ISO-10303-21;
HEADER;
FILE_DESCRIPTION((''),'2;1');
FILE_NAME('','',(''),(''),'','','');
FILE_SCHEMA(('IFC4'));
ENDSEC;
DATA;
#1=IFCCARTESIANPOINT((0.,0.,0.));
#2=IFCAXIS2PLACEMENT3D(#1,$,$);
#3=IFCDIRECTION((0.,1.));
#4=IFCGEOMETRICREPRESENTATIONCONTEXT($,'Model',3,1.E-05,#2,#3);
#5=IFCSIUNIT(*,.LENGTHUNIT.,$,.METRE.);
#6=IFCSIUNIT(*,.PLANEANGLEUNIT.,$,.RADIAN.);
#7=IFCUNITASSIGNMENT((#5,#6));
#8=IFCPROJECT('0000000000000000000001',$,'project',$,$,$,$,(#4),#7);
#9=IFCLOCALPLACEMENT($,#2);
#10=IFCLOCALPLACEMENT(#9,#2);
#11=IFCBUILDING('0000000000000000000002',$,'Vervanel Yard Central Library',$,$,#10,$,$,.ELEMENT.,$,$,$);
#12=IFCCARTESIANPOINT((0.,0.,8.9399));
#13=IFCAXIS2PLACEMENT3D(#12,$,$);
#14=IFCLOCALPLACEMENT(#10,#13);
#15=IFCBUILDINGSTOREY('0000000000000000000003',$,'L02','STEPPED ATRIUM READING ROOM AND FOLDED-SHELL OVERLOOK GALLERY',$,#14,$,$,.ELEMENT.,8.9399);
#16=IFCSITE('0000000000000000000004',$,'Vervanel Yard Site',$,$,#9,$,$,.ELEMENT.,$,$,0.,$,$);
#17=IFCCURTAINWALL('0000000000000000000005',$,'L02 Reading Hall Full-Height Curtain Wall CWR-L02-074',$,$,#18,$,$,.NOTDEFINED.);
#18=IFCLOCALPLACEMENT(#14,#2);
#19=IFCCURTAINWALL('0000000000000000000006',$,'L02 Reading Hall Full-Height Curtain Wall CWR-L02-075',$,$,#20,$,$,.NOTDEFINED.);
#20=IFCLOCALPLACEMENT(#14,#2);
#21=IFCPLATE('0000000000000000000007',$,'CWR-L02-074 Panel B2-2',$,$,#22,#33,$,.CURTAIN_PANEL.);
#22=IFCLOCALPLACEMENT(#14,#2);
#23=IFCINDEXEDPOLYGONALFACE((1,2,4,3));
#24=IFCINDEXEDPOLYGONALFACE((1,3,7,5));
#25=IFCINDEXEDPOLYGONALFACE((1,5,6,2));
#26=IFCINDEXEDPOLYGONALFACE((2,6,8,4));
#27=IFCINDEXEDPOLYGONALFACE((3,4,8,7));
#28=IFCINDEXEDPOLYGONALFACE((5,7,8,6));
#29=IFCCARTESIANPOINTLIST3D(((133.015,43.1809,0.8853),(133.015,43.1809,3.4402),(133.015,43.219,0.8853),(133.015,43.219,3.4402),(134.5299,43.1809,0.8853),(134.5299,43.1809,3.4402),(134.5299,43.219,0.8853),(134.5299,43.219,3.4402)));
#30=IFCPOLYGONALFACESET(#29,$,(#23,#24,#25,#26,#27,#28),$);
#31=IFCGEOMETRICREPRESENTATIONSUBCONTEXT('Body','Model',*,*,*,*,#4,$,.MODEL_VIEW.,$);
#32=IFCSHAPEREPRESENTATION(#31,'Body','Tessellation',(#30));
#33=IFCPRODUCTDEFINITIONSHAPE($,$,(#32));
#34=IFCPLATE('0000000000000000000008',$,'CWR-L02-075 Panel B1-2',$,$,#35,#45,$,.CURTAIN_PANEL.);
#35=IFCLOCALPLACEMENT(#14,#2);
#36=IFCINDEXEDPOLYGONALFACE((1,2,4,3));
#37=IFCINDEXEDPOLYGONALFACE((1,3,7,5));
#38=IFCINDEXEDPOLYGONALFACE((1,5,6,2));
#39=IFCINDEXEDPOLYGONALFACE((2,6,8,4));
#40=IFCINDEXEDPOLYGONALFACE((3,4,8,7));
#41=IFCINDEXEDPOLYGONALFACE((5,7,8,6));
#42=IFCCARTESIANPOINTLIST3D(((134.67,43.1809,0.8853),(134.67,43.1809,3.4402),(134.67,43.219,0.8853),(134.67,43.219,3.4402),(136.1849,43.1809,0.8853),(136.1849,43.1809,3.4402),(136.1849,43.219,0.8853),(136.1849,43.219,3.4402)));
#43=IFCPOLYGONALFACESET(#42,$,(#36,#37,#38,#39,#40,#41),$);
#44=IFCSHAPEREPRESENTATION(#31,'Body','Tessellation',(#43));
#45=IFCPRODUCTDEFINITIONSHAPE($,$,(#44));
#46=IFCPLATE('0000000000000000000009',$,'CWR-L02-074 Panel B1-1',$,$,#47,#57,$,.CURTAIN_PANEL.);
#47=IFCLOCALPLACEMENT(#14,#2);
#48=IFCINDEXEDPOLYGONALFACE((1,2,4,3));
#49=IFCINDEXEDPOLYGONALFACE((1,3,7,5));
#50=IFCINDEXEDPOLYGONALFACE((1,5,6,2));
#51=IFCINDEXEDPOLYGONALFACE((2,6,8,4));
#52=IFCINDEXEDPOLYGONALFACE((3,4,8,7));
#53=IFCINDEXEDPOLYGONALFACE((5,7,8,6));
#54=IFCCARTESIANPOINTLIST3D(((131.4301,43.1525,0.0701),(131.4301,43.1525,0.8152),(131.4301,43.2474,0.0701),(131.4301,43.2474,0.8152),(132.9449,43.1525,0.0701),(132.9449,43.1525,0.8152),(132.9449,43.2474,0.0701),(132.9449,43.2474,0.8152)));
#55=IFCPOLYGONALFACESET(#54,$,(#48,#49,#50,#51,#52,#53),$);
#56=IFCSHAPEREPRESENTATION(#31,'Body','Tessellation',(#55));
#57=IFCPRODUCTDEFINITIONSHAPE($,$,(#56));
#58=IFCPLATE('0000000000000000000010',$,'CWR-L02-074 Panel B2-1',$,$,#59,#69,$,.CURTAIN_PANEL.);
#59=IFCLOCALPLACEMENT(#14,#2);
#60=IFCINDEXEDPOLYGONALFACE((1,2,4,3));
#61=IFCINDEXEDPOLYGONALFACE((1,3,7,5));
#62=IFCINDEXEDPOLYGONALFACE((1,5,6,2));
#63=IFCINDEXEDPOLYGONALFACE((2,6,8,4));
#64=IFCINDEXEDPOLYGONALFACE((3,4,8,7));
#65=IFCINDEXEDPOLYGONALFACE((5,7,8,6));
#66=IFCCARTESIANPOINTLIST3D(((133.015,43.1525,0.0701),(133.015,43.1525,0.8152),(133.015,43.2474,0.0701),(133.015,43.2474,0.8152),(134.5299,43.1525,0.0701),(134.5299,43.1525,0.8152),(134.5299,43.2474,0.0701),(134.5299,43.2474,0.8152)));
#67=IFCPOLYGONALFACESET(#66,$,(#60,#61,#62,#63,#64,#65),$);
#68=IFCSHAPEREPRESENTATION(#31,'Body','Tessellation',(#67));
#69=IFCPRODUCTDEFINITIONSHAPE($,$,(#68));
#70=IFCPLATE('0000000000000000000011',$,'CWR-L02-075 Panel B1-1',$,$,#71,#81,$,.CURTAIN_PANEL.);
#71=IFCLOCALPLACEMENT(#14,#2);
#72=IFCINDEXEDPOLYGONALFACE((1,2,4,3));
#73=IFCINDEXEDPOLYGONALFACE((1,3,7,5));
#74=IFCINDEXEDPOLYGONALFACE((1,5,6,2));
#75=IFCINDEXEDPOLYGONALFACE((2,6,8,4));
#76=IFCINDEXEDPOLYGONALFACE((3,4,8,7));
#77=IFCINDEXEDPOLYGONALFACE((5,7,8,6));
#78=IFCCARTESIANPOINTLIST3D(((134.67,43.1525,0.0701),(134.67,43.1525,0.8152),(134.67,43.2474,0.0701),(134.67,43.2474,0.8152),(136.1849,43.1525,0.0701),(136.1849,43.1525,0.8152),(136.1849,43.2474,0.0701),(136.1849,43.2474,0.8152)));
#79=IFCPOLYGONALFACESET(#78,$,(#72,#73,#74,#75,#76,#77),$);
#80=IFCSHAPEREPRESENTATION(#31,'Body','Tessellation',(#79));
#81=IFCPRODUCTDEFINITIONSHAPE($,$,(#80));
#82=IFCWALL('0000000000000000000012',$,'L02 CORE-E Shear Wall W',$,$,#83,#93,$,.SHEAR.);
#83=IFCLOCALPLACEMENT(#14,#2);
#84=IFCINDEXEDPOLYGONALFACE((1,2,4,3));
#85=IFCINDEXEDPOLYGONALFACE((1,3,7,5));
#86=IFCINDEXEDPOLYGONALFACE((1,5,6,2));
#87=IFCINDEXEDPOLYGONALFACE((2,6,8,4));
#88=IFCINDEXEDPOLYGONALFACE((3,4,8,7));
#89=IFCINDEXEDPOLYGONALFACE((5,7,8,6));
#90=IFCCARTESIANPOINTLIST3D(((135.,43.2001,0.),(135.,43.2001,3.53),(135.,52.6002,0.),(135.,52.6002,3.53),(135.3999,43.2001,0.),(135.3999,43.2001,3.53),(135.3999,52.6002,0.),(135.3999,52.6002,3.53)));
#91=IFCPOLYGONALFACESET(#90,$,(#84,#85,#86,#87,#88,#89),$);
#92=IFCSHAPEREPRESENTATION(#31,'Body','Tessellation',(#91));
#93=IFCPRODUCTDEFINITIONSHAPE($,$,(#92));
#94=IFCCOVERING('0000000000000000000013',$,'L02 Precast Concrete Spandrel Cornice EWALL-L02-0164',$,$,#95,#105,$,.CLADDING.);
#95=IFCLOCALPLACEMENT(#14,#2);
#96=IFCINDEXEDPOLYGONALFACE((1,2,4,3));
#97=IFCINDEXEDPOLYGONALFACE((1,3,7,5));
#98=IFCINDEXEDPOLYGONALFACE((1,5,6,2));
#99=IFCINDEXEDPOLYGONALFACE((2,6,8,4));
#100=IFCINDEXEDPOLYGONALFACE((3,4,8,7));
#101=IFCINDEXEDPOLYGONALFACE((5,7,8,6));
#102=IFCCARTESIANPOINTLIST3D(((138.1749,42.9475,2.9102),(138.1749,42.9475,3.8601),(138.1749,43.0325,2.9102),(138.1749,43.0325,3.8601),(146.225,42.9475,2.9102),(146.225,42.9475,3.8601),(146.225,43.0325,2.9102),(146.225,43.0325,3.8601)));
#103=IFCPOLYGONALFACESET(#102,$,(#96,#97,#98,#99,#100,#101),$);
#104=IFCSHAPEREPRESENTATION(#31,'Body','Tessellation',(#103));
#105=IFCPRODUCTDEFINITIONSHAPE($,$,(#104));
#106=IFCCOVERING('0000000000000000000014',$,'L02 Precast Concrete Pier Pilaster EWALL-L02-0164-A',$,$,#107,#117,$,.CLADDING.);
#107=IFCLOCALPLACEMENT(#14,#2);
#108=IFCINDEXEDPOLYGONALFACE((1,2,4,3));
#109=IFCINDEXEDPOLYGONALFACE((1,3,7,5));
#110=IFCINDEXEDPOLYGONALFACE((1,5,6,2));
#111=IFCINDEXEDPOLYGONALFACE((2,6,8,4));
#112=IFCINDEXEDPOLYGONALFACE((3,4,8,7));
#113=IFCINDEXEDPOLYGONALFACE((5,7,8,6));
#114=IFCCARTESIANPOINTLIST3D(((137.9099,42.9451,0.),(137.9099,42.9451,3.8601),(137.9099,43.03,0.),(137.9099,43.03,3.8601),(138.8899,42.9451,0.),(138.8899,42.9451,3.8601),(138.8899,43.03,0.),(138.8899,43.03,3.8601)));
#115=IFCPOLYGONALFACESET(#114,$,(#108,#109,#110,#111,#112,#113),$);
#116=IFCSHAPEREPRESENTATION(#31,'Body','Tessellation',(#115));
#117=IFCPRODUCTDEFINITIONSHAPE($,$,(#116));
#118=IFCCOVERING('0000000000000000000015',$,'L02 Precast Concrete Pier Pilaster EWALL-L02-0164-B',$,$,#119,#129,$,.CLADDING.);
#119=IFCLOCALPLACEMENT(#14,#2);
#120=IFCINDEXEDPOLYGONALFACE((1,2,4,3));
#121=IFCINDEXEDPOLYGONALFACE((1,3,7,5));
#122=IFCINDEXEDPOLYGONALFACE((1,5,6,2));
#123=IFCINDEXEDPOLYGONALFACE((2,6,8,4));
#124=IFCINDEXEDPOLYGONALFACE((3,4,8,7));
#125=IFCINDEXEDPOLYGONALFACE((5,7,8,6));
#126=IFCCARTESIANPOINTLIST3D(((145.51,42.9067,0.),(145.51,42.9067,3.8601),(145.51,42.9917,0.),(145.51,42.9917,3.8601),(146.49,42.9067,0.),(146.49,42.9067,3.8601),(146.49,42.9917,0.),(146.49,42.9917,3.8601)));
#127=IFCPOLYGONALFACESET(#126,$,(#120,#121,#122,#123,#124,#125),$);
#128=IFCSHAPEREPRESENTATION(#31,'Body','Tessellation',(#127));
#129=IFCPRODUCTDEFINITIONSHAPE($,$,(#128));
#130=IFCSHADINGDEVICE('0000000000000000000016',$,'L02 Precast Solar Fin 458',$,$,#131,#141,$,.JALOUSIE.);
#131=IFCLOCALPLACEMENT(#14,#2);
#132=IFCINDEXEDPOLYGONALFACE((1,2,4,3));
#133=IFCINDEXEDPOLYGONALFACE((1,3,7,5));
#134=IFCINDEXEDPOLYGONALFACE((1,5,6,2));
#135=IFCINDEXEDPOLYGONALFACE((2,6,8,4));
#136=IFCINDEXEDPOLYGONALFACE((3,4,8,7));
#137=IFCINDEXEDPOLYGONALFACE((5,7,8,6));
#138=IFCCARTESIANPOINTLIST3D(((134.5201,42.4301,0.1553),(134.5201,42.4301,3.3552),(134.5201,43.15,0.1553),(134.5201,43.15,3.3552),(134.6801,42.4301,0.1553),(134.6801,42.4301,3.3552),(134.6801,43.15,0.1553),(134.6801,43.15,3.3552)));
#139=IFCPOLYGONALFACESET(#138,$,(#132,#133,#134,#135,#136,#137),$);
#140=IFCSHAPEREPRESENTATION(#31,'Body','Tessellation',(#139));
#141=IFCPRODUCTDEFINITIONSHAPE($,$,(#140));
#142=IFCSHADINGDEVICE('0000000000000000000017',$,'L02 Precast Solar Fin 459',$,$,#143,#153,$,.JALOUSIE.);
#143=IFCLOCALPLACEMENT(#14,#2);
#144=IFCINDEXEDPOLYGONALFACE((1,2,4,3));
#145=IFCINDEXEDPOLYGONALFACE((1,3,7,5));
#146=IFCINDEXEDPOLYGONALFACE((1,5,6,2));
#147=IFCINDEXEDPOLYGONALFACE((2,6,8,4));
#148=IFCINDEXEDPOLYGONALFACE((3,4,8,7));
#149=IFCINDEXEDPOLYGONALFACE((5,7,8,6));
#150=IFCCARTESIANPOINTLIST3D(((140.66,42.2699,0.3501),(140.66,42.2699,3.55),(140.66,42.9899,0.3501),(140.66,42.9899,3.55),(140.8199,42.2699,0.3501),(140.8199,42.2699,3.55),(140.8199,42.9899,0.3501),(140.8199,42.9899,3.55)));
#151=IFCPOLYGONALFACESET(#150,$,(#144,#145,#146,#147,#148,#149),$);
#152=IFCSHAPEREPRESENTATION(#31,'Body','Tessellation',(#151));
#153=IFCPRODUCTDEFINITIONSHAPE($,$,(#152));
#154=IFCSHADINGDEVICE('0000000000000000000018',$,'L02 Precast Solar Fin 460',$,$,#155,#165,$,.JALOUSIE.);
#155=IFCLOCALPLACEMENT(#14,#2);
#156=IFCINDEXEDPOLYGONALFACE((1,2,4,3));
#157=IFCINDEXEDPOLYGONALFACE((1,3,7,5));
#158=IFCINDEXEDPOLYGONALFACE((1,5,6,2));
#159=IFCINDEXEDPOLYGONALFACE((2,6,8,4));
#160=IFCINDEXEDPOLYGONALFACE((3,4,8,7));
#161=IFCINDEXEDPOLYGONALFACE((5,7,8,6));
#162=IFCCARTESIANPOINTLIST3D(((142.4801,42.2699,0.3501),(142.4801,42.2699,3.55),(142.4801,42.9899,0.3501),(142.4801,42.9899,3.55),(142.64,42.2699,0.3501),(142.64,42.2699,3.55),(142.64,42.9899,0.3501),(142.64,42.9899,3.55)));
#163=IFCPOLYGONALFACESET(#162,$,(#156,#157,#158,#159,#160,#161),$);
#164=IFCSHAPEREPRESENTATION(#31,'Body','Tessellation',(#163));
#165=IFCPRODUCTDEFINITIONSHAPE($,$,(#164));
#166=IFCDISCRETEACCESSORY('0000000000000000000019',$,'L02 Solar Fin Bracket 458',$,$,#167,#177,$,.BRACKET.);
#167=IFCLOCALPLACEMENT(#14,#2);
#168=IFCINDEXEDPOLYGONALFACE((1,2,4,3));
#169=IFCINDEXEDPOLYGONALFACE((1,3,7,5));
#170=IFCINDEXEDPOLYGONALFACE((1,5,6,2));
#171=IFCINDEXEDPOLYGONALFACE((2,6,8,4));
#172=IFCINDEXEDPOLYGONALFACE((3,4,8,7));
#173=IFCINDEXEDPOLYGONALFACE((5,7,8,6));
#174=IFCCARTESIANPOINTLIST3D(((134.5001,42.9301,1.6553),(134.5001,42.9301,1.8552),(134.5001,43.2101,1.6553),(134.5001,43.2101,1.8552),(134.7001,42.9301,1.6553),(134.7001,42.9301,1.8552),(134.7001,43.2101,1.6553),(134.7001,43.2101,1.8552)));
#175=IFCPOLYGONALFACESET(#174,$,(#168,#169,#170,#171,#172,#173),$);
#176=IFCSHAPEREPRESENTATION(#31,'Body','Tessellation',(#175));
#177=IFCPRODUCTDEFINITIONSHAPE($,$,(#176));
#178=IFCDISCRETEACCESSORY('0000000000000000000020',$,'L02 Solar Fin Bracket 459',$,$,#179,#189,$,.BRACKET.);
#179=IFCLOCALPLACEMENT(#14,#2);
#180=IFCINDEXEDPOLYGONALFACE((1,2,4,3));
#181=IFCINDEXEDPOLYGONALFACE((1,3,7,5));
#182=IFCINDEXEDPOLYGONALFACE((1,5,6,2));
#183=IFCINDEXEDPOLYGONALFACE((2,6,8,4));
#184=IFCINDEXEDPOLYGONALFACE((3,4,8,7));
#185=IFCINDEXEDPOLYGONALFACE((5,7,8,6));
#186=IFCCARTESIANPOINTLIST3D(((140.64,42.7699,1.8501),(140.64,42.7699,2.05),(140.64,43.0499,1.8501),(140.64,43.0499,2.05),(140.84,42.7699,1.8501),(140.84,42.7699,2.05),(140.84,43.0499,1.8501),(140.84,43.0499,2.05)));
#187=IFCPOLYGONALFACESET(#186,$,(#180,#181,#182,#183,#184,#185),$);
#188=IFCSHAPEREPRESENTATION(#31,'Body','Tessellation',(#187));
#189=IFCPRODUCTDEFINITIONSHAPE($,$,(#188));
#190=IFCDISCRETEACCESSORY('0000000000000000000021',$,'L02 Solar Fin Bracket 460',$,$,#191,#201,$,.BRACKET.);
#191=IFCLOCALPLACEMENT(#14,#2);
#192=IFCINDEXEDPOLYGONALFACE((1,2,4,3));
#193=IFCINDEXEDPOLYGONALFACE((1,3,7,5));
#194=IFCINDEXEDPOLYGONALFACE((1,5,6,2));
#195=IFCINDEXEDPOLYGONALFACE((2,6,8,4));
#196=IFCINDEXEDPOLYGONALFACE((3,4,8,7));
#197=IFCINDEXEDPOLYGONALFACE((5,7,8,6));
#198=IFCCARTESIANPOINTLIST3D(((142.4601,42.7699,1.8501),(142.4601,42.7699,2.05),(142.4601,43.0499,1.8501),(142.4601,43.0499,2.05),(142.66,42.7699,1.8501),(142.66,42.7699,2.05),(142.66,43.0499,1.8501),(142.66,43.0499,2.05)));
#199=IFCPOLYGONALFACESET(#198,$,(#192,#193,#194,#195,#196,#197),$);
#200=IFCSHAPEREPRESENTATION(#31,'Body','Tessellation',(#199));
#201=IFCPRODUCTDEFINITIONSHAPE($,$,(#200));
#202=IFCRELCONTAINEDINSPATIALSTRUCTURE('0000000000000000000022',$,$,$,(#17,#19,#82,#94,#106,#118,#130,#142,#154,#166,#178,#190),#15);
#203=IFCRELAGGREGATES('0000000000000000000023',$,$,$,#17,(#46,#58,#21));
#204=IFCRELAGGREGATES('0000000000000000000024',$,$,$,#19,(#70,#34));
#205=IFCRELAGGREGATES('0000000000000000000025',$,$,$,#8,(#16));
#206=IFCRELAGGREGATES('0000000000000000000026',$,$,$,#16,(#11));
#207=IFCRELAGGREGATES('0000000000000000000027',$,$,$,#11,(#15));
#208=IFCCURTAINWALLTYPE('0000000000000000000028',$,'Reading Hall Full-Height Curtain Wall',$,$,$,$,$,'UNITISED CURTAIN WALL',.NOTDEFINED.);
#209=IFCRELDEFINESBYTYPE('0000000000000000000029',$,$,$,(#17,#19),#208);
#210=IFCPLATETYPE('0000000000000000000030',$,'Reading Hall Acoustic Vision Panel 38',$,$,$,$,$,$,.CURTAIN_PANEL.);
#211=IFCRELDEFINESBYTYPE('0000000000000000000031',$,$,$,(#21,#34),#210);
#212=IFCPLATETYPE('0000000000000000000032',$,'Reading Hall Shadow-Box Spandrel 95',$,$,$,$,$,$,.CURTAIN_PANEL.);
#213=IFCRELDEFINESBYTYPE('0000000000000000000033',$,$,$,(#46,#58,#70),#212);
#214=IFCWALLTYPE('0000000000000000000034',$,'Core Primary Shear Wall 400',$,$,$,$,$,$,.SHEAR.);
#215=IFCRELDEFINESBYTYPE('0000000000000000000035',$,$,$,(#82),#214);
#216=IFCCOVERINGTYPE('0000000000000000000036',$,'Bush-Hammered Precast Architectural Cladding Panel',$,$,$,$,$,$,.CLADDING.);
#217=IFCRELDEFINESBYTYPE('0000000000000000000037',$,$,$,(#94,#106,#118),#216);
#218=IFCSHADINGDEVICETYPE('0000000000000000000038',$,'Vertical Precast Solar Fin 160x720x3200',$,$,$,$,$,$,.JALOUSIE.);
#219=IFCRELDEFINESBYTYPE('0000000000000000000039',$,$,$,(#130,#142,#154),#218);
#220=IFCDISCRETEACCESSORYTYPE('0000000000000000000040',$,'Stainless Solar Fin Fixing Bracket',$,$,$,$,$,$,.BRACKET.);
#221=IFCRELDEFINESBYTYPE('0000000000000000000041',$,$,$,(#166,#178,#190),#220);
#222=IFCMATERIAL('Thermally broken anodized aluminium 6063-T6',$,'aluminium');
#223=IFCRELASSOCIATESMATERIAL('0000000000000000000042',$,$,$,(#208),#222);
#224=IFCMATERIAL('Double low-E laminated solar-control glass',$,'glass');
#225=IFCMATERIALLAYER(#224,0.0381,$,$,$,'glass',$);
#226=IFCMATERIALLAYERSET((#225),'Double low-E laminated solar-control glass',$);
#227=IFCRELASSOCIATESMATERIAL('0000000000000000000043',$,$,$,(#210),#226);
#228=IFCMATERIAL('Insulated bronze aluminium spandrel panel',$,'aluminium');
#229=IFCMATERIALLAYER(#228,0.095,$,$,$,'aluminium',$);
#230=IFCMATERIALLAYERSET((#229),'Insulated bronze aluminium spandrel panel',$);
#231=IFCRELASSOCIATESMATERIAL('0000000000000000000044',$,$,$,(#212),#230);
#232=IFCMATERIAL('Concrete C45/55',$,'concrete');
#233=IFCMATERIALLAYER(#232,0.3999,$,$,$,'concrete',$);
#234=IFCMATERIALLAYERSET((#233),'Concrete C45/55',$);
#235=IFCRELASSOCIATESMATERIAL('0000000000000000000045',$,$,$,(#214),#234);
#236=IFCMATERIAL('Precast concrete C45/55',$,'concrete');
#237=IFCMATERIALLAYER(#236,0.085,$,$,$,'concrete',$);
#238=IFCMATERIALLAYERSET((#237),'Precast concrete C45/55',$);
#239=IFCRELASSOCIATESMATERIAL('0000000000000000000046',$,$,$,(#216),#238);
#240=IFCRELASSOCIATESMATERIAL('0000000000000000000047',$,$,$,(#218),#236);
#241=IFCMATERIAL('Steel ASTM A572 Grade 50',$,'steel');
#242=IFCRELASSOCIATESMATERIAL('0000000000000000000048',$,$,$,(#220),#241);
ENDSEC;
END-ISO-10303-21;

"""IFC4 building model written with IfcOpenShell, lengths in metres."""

from ifc_helpers import new_model, si_unit, direction, frame, frame_2d, origin, origin_2d, place, context, subcontext, project, spatial, rectangle, extrude, material, layer, layer_set, type_object, element, aggregate, save


model = new_model("IFC4")

# Units and contexts
model_context = context("Model", 3, precision=1e-05, world=origin(), true_north=direction((0.0, 1.0)))
body_context = subcontext(model_context, "Body", "Model", "MODEL_VIEW")
ifc_project = project(units=[si_unit("LENGTHUNIT", "METRE"), si_unit("PLANEANGLEUNIT", "RADIAN")], contexts=[model_context])

# Site, building, storey
site_placement = place(None, origin())
site = spatial("IfcSite", under=ifc_project, at=site_placement, Name="Vervanel Yard Site", CompositionType="ELEMENT", RefElevation=0.0)
building_placement = place(site_placement, origin())
building = spatial("IfcBuilding", under=site, at=building_placement, Name="Vervanel Yard Central Library", CompositionType="ELEMENT")
storey_placement = place(building_placement, frame((0.0, 0.0, 8.9399)))
storey = spatial("IfcBuildingStorey", under=building, at=storey_placement, Name="L02", Description="STEPPED ATRIUM READING ROOM AND FOLDED-SHELL OVERLOOK GALLERY", CompositionType="ELEMENT", Elevation=8.9399)

# Curtain walls
ifc_material_1 = material(Name="Thermally broken anodized aluminium 6063-T6", Category="aluminium")
curtain_wall_type = type_object("IfcCurtainWallType", Name="Reading Hall Full-Height Curtain Wall", ElementType="UNITISED CURTAIN WALL", PredefinedType="NOTDEFINED", material=ifc_material_1)
curtain_wall_1_placement = place(storey_placement, origin())
curtain_wall_1 = element("IfcCurtainWall", 1, at=curtain_wall_1_placement, inside=storey, type_object=curtain_wall_type, Name="L02 Reading Hall Full-Height Curtain Wall CWR-L02-074", PredefinedType="NOTDEFINED")
curtain_wall_2_placement = place(storey_placement, origin())
curtain_wall_2 = element("IfcCurtainWall", 2, at=curtain_wall_2_placement, inside=storey, type_object=curtain_wall_type, Name="L02 Reading Hall Full-Height Curtain Wall CWR-L02-075", PredefinedType="NOTDEFINED")

# Plates
ifc_material_2 = material(Name="Double low-E laminated solar-control glass", Category="glass")
ifc_layer_1 = layer(ifc_material_2, 0.0381, Category="glass")
ifc_layer_set_1 = layer_set([ifc_layer_1], Name="Double low-E laminated solar-control glass")
plate_type_1 = type_object("IfcPlateType", Name="Reading Hall Acoustic Vision Panel 38", PredefinedType="CURTAIN_PANEL", material=ifc_layer_set_1)
plate_1_placement = place(storey_placement, frame((133.7725, 43.2, 0.8853), z_axis=(0.0, 0.0, 1.0), x_axis=(1.0, 0.0, 0.0)))
plate_1 = element("IfcPlate", 3, at=plate_1_placement, type_object=plate_type_1, Name="CWR-L02-074 Panel B2-2", PredefinedType="CURTAIN_PANEL", context=body_context, shape_type="SweptSolid", body=[
    extrude(rectangle(XDim=1.5149, YDim=0.0381, at=origin_2d()), origin(), (0.0, 0.0, 1.0), 2.5549),
])
plate_2_placement = place(storey_placement, frame((135.4275, 43.2, 0.8853), z_axis=(0.0, 0.0, 1.0), x_axis=(1.0, 0.0, 0.0)))
plate_2 = element("IfcPlate", 4, at=plate_2_placement, type_object=plate_type_1, Name="CWR-L02-075 Panel B1-2", PredefinedType="CURTAIN_PANEL", context=body_context, shape_type="SweptSolid", body=[
    extrude(rectangle(XDim=1.5149, YDim=0.0381, at=origin_2d()), origin(), (0.0, 0.0, 1.0), 2.5549),
])
ifc_material_3 = material(Name="Insulated bronze aluminium spandrel panel", Category="aluminium")
ifc_layer_2 = layer(ifc_material_3, 0.095, Category="aluminium")
ifc_layer_set_2 = layer_set([ifc_layer_2], Name="Insulated bronze aluminium spandrel panel")
plate_type_2 = type_object("IfcPlateType", Name="Reading Hall Shadow-Box Spandrel 95", PredefinedType="CURTAIN_PANEL", material=ifc_layer_set_2)
plate_3_placement = place(storey_placement, frame((132.1875, 43.2, 0.0701), z_axis=(0.0, 0.0, 1.0), x_axis=(1.0, 0.0, 0.0)))
plate_3 = element("IfcPlate", 5, at=plate_3_placement, type_object=plate_type_2, Name="CWR-L02-074 Panel B1-1", PredefinedType="CURTAIN_PANEL", context=body_context, shape_type="SweptSolid", body=[
    extrude(rectangle(XDim=1.5149, YDim=0.095, at=origin_2d()), origin(), (0.0, 0.0, 1.0), 0.7451),
])
plate_4_placement = place(storey_placement, frame((133.7725, 43.2, 0.0701), z_axis=(0.0, 0.0, 1.0), x_axis=(1.0, 0.0, 0.0)))
plate_4 = element("IfcPlate", 6, at=plate_4_placement, type_object=plate_type_2, Name="CWR-L02-074 Panel B2-1", PredefinedType="CURTAIN_PANEL", context=body_context, shape_type="SweptSolid", body=[
    extrude(rectangle(XDim=1.5149, YDim=0.095, at=origin_2d()), origin(), (0.0, 0.0, 1.0), 0.7451),
])
aggregate(curtain_wall_1, [plate_3, plate_4, plate_1])
plate_5_placement = place(storey_placement, frame((135.4275, 43.2, 0.0701), z_axis=(0.0, 0.0, 1.0), x_axis=(1.0, 0.0, 0.0)))
plate_5 = element("IfcPlate", 7, at=plate_5_placement, type_object=plate_type_2, Name="CWR-L02-075 Panel B1-1", PredefinedType="CURTAIN_PANEL", context=body_context, shape_type="SweptSolid", body=[
    extrude(rectangle(XDim=1.5149, YDim=0.095, at=origin_2d()), origin(), (0.0, 0.0, 1.0), 0.7451),
])
aggregate(curtain_wall_2, [plate_5, plate_2])

# Wall
ifc_material_4 = material(Name="Concrete C45/55", Category="concrete")
ifc_layer_3 = layer(ifc_material_4, 0.3999, Category="concrete")
ifc_layer_set_3 = layer_set([ifc_layer_3], Name="Concrete C45/55")
wall_type = type_object("IfcWallType", Name="Core Primary Shear Wall 400", PredefinedType="SHEAR", material=ifc_layer_set_3)
wall_placement = place(storey_placement, frame((135.2, 43.2, 0.0), z_axis=(0.0, 0.0, 1.0), x_axis=(0.0, 1.0, 0.0)))
element("IfcWall", 8, at=wall_placement, inside=storey, type_object=wall_type, Name="L02 CORE-E Shear Wall W", PredefinedType="SHEAR", context=body_context, shape_type="SweptSolid", body=[
    extrude(rectangle(XDim=9.4001, YDim=0.3999, at=frame_2d((4.7002, 0.0))), origin(), (0.0, 0.0, 1.0), 3.53),
])

# Coverings
ifc_material_5 = material(Name="Precast concrete C45/55", Category="concrete")
ifc_layer_4 = layer(ifc_material_5, 0.085, Category="concrete")
ifc_layer_set_4 = layer_set([ifc_layer_4], Name="Precast concrete C45/55")
covering_type = type_object("IfcCoveringType", Name="Bush-Hammered Precast Architectural Cladding Panel", PredefinedType="CLADDING", material=ifc_layer_set_4)
covering_placement = place(storey_placement, frame((142.2, 42.99, 2.9102), z_axis=(0.0, 0.0, 1.0), x_axis=(1.0, 0.0, 0.0)))
element("IfcCovering", 9, at=covering_placement, inside=storey, type_object=covering_type, Name="L02 Precast Concrete Spandrel Cornice EWALL-L02-0164", PredefinedType="CLADDING", context=body_context, shape_type="SweptSolid", body=[
    extrude(rectangle(XDim=8.05, YDim=0.085, at=origin_2d()), origin(), (0.0, 0.0, 1.0), 0.95),
])
for number, where, z_axis, x_axis, name in (
    (10, (138.3999, 42.9875, 0.0), (0.0, 0.0, 1.0), (1.0, 0.0, 0.0), "L02 Precast Concrete Pier Pilaster EWALL-L02-0164-A"),
    (11, (146.0, 42.9492, 0.0), (0.0, 0.0, 1.0), (1.0, 0.0, 0.0), "L02 Precast Concrete Pier Pilaster EWALL-L02-0164-B"),
):
    element("IfcCovering", number, at=place(storey_placement, frame(where, z_axis=z_axis, x_axis=x_axis)), inside=storey, type_object=covering_type, Name=name, PredefinedType="CLADDING", context=body_context, shape_type="SweptSolid", body=[
        extrude(rectangle(XDim=0.98, YDim=0.085, at=origin_2d()), origin(), (0.0, 0.0, 1.0), 3.8601),
    ])

# Shading devices
shading_device_type = type_object("IfcShadingDeviceType", Name="Vertical Precast Solar Fin 160x720x3200", PredefinedType="JALOUSIE", material=ifc_material_5)
for number, where, z_axis, x_axis, name in (
    (12, (134.6001, 42.79, 0.1553), (0.0, 0.0, 1.0), (1.0, 0.0, 0.0), "L02 Precast Solar Fin 458"),
    (13, (140.74, 42.6299, 0.3501), (0.0, 0.0, 1.0), (1.0, 0.0, 0.0), "L02 Precast Solar Fin 459"),
    (14, (142.5601, 42.6299, 0.3501), (0.0, 0.0, 1.0), (1.0, 0.0, 0.0), "L02 Precast Solar Fin 460"),
):
    element("IfcShadingDevice", number, at=place(storey_placement, frame(where, z_axis=z_axis, x_axis=x_axis)), inside=storey, type_object=shading_device_type, Name=name, PredefinedType="JALOUSIE", context=body_context, shape_type="SweptSolid", body=[
        extrude(rectangle(XDim=0.1599, YDim=0.72, at=origin_2d()), origin(), (0.0, 0.0, 1.0), 3.2),
    ])

# Discrete accessories
ifc_material_6 = material(Name="Steel ASTM A572 Grade 50", Category="steel")
discrete_accessory_type = type_object("IfcDiscreteAccessoryType", Name="Stainless Solar Fin Fixing Bracket", PredefinedType="BRACKET", material=ifc_material_6)
for number, where, z_axis, x_axis, name in (
    (15, (134.6001, 43.0701, 1.6553), (0.0, 0.0, 1.0), (1.0, 0.0, 0.0), "L02 Solar Fin Bracket 458"),
    (16, (140.74, 42.9099, 1.8501), (0.0, 0.0, 1.0), (1.0, 0.0, 0.0), "L02 Solar Fin Bracket 459"),
    (17, (142.5601, 42.9099, 1.8501), (0.0, 0.0, 1.0), (1.0, 0.0, 0.0), "L02 Solar Fin Bracket 460"),
):
    element("IfcDiscreteAccessory", number, at=place(storey_placement, frame(where, z_axis=z_axis, x_axis=x_axis)), inside=storey, type_object=discrete_accessory_type, Name=name, PredefinedType="BRACKET", context=body_context, shape_type="SweptSolid", body=[
        extrude(rectangle(XDim=0.2, YDim=0.28, at=origin_2d()), origin(), (0.0, 0.0, 1.0), 0.2),
    ])

save(model, "model.ifc")
